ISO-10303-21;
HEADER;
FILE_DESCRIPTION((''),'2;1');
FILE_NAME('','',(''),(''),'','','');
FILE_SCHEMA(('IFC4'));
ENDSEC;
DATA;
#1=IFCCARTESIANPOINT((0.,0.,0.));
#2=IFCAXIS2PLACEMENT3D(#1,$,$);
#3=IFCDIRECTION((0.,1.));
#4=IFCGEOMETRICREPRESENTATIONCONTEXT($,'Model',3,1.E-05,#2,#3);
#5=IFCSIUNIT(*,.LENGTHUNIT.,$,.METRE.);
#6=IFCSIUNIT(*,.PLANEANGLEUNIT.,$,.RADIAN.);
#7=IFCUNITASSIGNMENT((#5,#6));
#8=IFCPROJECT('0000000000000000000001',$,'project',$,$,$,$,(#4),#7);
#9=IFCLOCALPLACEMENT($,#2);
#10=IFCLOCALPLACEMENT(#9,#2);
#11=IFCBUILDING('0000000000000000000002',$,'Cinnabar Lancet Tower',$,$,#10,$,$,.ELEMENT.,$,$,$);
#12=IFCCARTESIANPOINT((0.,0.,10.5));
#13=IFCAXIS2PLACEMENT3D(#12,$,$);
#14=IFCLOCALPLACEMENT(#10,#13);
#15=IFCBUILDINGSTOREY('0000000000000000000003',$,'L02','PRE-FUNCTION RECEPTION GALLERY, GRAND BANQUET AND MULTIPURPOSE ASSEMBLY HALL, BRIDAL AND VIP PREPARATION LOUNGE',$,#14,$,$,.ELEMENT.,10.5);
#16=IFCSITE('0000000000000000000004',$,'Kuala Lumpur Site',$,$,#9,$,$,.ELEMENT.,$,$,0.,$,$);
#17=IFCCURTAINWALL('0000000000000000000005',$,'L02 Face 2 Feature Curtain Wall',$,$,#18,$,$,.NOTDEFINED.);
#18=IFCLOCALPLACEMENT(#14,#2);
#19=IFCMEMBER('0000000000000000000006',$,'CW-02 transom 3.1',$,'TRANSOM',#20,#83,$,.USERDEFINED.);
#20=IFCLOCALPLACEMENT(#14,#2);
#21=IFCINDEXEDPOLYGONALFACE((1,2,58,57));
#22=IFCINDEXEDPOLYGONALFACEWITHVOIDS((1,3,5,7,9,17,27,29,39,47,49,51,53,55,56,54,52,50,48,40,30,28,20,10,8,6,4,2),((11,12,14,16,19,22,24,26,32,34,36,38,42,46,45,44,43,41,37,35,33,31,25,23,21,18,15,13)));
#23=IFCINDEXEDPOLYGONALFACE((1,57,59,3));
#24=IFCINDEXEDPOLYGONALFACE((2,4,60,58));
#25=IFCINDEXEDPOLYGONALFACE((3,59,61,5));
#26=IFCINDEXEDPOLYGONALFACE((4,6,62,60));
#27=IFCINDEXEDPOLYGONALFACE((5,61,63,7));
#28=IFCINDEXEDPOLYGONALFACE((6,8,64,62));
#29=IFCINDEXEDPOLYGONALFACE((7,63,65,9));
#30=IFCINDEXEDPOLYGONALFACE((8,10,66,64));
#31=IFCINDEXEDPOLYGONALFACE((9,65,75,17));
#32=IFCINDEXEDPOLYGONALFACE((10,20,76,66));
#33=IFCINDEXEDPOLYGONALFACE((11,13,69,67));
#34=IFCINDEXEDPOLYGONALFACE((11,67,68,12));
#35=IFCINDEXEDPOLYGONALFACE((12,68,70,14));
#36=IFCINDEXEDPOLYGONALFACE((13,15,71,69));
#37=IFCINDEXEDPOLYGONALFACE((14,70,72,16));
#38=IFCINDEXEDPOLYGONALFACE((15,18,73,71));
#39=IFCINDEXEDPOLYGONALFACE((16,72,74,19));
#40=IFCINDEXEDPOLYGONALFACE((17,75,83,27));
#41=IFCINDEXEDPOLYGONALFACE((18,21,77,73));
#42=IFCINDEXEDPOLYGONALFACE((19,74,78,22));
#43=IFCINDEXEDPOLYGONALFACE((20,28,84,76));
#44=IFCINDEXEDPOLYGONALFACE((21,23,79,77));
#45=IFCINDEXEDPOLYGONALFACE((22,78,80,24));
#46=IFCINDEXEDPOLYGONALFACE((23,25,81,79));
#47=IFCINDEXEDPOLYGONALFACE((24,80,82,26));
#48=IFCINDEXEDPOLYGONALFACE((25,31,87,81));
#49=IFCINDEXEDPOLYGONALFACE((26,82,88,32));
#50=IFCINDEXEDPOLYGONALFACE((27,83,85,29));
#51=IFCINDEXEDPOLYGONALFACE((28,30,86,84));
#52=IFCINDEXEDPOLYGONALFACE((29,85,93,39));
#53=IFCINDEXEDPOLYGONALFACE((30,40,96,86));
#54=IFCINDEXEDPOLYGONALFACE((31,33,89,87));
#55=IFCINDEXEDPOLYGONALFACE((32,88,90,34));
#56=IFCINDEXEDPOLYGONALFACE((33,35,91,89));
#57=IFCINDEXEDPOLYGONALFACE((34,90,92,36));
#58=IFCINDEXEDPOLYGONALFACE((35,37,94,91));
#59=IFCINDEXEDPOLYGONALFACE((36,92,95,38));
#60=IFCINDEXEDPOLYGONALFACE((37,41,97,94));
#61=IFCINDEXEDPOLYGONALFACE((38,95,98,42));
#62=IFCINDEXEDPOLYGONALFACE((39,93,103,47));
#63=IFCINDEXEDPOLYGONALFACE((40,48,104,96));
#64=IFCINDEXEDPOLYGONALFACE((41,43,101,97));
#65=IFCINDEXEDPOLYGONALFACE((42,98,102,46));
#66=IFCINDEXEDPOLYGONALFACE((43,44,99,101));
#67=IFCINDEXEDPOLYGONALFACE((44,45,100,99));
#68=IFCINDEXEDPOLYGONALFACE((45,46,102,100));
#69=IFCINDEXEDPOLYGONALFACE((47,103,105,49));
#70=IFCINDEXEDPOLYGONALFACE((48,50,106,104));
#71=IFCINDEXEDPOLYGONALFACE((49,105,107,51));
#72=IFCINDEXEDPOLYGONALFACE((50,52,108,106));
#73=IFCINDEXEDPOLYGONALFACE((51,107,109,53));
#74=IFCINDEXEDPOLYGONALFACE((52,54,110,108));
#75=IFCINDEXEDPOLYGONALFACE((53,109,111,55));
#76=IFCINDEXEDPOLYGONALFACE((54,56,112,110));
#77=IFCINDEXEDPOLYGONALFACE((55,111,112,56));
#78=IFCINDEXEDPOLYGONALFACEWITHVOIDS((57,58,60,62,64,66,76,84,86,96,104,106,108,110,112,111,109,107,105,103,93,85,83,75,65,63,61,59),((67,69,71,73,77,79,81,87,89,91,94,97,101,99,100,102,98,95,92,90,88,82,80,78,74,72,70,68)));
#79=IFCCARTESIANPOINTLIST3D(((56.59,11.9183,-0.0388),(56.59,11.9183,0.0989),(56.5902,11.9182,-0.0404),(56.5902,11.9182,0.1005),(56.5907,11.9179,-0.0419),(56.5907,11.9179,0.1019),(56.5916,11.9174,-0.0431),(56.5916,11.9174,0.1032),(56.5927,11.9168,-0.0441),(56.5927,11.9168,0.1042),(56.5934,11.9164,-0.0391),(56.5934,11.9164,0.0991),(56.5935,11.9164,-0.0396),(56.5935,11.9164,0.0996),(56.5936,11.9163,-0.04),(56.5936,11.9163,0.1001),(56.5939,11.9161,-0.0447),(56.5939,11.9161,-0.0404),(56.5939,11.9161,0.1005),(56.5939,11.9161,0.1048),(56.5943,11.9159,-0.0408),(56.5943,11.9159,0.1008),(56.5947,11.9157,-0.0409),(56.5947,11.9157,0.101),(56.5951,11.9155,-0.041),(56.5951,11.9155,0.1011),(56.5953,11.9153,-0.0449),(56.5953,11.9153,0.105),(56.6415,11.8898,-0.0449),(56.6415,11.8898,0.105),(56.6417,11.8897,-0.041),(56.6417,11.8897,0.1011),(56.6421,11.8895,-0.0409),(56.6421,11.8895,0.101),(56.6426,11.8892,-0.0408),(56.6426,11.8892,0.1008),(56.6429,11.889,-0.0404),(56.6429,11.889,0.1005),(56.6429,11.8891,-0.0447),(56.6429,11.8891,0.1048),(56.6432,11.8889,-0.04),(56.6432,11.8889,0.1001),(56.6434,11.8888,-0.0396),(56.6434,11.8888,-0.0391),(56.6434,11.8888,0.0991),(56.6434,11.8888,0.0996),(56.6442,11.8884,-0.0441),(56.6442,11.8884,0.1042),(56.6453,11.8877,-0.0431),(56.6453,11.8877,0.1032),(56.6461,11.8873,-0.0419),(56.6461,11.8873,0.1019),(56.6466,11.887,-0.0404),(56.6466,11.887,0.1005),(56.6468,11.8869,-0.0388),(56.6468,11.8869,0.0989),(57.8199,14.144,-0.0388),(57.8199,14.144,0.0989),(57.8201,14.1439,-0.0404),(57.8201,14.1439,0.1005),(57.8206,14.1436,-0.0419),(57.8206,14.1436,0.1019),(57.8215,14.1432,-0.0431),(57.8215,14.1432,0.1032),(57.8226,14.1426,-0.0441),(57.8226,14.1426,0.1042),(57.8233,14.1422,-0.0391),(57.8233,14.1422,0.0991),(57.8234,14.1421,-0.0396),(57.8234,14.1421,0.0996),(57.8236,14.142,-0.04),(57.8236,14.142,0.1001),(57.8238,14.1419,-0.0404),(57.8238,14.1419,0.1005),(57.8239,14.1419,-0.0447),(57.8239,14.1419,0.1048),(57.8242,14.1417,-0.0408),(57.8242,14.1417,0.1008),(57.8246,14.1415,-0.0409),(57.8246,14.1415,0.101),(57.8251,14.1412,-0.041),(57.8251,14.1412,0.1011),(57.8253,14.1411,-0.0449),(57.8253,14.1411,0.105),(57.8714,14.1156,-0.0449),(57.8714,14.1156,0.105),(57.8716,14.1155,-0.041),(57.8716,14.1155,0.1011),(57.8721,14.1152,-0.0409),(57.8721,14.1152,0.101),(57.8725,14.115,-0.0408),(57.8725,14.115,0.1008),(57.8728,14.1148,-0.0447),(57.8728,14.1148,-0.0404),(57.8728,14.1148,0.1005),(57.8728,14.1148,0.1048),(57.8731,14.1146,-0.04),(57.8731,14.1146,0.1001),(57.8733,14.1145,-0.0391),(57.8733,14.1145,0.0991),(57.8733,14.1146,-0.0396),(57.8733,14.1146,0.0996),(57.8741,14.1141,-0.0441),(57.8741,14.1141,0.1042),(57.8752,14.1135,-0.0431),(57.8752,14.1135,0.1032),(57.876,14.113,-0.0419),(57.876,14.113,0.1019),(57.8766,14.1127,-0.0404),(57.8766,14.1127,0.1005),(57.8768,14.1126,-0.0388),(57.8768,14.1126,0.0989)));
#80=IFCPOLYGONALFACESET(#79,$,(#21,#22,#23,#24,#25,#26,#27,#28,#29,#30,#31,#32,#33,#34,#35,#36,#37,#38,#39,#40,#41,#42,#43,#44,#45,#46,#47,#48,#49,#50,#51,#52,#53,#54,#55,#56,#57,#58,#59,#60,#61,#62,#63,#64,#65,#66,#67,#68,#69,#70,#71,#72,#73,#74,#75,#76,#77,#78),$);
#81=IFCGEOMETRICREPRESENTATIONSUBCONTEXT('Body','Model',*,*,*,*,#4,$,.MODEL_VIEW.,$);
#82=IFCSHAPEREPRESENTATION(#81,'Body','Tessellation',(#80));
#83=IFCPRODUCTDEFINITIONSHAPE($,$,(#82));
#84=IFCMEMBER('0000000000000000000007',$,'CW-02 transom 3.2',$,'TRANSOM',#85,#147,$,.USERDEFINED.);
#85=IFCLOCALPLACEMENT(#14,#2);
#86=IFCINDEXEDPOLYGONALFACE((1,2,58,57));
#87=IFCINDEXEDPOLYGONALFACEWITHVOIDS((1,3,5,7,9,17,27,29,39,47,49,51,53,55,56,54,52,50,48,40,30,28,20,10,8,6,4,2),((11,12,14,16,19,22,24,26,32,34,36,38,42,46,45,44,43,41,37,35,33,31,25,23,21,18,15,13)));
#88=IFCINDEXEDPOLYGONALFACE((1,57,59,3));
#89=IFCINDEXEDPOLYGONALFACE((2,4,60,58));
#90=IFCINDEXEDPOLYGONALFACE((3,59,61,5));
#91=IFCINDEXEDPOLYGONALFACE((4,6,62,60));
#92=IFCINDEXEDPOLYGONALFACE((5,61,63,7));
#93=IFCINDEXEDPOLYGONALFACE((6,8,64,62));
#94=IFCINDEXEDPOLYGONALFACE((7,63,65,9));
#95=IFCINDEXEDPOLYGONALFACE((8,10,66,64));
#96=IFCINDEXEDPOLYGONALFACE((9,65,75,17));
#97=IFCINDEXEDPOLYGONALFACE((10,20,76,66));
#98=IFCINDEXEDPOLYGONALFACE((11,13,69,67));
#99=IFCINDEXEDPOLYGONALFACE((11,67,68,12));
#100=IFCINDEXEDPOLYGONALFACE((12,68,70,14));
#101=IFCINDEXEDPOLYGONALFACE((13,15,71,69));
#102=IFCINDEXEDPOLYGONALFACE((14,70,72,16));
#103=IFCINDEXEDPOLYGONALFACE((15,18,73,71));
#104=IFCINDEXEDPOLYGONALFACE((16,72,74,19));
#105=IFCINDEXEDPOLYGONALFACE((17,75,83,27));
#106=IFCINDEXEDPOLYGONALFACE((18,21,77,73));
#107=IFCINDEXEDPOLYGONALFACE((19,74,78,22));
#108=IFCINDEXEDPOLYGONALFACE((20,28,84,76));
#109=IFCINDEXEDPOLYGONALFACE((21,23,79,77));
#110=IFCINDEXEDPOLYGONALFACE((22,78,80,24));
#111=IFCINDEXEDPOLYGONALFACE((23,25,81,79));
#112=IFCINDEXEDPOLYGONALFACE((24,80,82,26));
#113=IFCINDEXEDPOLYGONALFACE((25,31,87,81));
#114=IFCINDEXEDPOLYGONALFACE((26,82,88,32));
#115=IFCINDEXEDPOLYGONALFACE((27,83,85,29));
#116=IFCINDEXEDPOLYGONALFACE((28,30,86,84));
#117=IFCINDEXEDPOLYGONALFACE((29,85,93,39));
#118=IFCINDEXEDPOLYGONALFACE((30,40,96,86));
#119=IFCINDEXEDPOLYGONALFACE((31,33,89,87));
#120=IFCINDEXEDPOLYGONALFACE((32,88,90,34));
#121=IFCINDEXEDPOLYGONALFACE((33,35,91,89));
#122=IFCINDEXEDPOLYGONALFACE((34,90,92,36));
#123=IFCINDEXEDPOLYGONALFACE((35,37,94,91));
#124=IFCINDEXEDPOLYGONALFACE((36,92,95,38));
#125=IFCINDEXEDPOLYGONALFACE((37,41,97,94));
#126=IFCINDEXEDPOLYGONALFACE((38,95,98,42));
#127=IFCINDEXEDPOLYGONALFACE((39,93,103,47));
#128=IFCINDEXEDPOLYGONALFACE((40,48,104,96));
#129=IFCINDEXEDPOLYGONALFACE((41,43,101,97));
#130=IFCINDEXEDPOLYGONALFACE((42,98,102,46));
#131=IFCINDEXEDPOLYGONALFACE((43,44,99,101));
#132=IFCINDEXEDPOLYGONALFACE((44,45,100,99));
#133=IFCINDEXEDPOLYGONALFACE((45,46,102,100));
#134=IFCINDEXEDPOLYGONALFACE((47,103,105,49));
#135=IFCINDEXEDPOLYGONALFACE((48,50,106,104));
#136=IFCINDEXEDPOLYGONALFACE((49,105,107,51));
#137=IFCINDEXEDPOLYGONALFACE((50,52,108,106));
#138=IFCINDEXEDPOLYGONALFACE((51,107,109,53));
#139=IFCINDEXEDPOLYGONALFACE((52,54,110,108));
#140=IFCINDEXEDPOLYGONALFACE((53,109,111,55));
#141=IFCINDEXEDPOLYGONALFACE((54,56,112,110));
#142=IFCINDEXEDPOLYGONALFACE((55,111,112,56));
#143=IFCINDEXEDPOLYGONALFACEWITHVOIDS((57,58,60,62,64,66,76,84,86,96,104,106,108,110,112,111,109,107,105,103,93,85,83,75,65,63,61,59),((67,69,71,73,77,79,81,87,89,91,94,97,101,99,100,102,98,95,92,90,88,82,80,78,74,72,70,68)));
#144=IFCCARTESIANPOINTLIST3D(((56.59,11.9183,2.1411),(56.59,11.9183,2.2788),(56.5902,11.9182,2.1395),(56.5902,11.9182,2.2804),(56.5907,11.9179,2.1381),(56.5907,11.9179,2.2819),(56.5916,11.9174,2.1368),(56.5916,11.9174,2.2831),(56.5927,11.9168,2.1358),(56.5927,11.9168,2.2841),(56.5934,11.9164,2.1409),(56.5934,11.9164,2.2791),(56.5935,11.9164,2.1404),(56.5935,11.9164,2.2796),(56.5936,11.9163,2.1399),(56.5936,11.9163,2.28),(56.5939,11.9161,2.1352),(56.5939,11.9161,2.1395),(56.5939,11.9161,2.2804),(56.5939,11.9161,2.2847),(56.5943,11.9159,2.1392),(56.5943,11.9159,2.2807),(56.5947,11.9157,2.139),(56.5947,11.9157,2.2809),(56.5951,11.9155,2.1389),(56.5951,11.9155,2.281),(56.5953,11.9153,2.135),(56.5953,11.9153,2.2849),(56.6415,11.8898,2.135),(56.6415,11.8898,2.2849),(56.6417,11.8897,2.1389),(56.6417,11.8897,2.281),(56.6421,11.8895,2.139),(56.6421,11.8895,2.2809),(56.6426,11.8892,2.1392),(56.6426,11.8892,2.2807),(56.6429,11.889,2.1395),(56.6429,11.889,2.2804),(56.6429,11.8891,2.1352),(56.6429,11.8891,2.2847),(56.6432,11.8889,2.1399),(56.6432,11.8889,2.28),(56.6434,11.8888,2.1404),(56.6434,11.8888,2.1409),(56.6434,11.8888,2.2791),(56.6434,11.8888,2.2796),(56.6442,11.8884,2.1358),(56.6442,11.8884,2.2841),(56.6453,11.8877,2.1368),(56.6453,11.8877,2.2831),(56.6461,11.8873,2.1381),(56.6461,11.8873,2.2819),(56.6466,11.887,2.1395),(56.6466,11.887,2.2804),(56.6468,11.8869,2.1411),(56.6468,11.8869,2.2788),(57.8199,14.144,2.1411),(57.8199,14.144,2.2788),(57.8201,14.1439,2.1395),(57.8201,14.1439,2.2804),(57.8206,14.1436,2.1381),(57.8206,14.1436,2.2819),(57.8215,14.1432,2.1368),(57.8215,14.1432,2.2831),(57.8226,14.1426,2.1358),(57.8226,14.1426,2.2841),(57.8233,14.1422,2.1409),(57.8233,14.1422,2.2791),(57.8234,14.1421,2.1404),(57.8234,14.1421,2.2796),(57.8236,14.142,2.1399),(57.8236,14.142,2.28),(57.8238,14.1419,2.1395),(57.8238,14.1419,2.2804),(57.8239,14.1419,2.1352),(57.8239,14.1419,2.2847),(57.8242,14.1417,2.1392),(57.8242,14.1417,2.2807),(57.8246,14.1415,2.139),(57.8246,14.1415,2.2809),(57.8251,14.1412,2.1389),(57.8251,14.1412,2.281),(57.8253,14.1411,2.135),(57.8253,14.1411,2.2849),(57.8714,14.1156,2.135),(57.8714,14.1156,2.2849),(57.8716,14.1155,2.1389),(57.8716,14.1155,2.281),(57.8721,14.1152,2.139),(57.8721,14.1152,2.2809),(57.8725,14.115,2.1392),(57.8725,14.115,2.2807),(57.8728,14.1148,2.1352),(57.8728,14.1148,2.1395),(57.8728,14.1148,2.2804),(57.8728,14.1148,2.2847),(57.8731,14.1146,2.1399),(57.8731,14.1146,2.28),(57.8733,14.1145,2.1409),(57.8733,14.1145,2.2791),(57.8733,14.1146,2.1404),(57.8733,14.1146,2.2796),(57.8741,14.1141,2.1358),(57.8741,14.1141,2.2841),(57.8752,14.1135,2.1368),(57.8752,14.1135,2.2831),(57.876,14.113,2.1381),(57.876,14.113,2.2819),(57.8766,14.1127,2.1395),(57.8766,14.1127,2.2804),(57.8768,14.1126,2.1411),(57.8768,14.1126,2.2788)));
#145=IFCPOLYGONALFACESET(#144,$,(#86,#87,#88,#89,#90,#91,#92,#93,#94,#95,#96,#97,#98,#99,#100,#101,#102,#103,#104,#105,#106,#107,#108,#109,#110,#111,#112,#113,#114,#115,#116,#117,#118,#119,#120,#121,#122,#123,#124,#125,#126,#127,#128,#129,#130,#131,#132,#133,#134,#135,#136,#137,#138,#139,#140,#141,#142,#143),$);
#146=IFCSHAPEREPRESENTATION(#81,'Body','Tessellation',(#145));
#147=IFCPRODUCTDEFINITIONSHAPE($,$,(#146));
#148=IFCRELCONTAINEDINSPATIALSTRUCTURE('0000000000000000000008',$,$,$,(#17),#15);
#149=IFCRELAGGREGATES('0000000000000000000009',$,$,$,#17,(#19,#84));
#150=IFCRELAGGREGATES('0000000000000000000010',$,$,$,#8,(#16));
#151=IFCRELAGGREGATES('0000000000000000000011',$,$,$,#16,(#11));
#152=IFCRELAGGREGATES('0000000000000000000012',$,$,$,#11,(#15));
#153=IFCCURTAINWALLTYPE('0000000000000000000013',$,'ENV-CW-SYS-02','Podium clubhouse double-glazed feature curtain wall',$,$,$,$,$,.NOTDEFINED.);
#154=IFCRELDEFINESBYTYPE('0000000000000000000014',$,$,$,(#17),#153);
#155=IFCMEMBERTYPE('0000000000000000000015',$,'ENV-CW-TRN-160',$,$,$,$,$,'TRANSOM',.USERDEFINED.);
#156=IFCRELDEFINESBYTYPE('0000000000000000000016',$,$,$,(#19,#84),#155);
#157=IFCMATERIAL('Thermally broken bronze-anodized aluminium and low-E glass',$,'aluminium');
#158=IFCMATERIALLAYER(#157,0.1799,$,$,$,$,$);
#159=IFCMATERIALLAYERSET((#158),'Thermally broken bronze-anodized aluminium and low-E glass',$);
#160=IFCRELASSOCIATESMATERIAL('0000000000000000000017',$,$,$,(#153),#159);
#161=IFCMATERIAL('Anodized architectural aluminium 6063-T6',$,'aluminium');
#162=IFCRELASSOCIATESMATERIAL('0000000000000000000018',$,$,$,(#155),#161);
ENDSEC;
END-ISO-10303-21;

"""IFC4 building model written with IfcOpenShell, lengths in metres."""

from ifc_helpers import new_model, si_unit, direction, frame, origin, origin_2d, place, context, subcontext, project, spatial, hollow_rectangle, extrude, material, layer, layer_set, material_profile, profile_set, type_object, element, aggregate, save


model = new_model("IFC4")

# Units and contexts
model_context = context("Model", 3, precision=1e-05, world=origin(), true_north=direction((0.0, 1.0)))
body_context = subcontext(model_context, "Body", "Model", "MODEL_VIEW")
ifc_project = project(units=[si_unit("LENGTHUNIT", "METRE"), si_unit("PLANEANGLEUNIT", "RADIAN")], contexts=[model_context])

# Site, building, storey
site_placement = place(None, origin())
site = spatial("IfcSite", under=ifc_project, at=site_placement, Name="Kuala Lumpur Site", CompositionType="ELEMENT", RefElevation=0.0)
building_placement = place(site_placement, origin())
building = spatial("IfcBuilding", under=site, at=building_placement, Name="Cinnabar Lancet Tower", CompositionType="ELEMENT")
storey_placement = place(building_placement, frame((0.0, 0.0, 10.5)))
storey = spatial("IfcBuildingStorey", under=building, at=storey_placement, Name="L02", Description="PRE-FUNCTION RECEPTION GALLERY, GRAND BANQUET AND MULTIPURPOSE ASSEMBLY HALL, BRIDAL AND VIP PREPARATION LOUNGE", CompositionType="ELEMENT", Elevation=10.5)

# Curtain wall, members
ifc_material_1 = material(Name="Thermally broken bronze-anodized aluminium and low-E glass", Category="aluminium")
ifc_layer_1 = layer(ifc_material_1, 0.1799)
ifc_layer_set_1 = layer_set([ifc_layer_1], Name="Thermally broken bronze-anodized aluminium and low-E glass")
curtain_wall_type = type_object("IfcCurtainWallType", Name="ENV-CW-SYS-02", Description="Podium clubhouse double-glazed feature curtain wall", PredefinedType="NOTDEFINED", material=ifc_layer_set_1)
curtain_wall_placement = place(storey_placement, origin())
curtain_wall = element("IfcCurtainWall", 1, at=curtain_wall_placement, inside=storey, type_object=curtain_wall_type, Name="L02 Face 2 Feature Curtain Wall", PredefinedType="NOTDEFINED")
ifc_material_2 = material(Name="Anodized architectural aluminium 6063-T6", Category="aluminium")
ifc_material_profile_1 = material_profile(ifc_material_2, hollow_rectangle(XDim=0.0649, YDim=0.1499, WallThickness=0.0039, InnerFilletRadius=0.002, OuterFilletRadius=0.0061, at=origin_2d()), Name="CW-TRN 150x65x4")
ifc_profile_set_1 = profile_set([ifc_material_profile_1], Name="Anodized architectural aluminium 6063-T6")
member_type_1 = type_object("IfcMemberType", Name="ENV-CW-TRN-160", ElementType="TRANSOM", PredefinedType="USERDEFINED", material=ifc_profile_set_1)
member_1_placement = place(storey_placement, frame((56.6184, 11.9026, 0.03), z_axis=(0.483661, 0.875255, 0.0), x_axis=(-0.875255, 0.483661, 0.0)))
member_1 = element("IfcMember", 2, at=member_1_placement, type_object=member_type_1, Name="CW-02 transom 3.1", ObjectType="TRANSOM", PredefinedType="USERDEFINED", context=body_context, shape_type="SweptSolid", body=[
    extrude(hollow_rectangle(XDim=0.0649, YDim=0.1499, WallThickness=0.0039, InnerFilletRadius=0.002, OuterFilletRadius=0.0061, at=origin_2d()), origin(), (0.0, 0.0, 1.0), 2.543),
])
member_2_placement = place(storey_placement, frame((56.6184, 11.9026, 2.21), z_axis=(0.483661, 0.875255, 0.0), x_axis=(-0.875255, 0.483661, 0.0)))
member_2 = element("IfcMember", 3, at=member_2_placement, type_object=member_type_1, Name="CW-02 transom 3.2", ObjectType="TRANSOM", PredefinedType="USERDEFINED", context=body_context, shape_type="SweptSolid", body=[
    extrude(hollow_rectangle(XDim=0.0649, YDim=0.1499, WallThickness=0.0039, InnerFilletRadius=0.002, OuterFilletRadius=0.0061, at=origin_2d()), origin(), (0.0, 0.0, 1.0), 2.543),
])

aggregate(curtain_wall, [member_1, member_2])

save(model, "model.ifc")
